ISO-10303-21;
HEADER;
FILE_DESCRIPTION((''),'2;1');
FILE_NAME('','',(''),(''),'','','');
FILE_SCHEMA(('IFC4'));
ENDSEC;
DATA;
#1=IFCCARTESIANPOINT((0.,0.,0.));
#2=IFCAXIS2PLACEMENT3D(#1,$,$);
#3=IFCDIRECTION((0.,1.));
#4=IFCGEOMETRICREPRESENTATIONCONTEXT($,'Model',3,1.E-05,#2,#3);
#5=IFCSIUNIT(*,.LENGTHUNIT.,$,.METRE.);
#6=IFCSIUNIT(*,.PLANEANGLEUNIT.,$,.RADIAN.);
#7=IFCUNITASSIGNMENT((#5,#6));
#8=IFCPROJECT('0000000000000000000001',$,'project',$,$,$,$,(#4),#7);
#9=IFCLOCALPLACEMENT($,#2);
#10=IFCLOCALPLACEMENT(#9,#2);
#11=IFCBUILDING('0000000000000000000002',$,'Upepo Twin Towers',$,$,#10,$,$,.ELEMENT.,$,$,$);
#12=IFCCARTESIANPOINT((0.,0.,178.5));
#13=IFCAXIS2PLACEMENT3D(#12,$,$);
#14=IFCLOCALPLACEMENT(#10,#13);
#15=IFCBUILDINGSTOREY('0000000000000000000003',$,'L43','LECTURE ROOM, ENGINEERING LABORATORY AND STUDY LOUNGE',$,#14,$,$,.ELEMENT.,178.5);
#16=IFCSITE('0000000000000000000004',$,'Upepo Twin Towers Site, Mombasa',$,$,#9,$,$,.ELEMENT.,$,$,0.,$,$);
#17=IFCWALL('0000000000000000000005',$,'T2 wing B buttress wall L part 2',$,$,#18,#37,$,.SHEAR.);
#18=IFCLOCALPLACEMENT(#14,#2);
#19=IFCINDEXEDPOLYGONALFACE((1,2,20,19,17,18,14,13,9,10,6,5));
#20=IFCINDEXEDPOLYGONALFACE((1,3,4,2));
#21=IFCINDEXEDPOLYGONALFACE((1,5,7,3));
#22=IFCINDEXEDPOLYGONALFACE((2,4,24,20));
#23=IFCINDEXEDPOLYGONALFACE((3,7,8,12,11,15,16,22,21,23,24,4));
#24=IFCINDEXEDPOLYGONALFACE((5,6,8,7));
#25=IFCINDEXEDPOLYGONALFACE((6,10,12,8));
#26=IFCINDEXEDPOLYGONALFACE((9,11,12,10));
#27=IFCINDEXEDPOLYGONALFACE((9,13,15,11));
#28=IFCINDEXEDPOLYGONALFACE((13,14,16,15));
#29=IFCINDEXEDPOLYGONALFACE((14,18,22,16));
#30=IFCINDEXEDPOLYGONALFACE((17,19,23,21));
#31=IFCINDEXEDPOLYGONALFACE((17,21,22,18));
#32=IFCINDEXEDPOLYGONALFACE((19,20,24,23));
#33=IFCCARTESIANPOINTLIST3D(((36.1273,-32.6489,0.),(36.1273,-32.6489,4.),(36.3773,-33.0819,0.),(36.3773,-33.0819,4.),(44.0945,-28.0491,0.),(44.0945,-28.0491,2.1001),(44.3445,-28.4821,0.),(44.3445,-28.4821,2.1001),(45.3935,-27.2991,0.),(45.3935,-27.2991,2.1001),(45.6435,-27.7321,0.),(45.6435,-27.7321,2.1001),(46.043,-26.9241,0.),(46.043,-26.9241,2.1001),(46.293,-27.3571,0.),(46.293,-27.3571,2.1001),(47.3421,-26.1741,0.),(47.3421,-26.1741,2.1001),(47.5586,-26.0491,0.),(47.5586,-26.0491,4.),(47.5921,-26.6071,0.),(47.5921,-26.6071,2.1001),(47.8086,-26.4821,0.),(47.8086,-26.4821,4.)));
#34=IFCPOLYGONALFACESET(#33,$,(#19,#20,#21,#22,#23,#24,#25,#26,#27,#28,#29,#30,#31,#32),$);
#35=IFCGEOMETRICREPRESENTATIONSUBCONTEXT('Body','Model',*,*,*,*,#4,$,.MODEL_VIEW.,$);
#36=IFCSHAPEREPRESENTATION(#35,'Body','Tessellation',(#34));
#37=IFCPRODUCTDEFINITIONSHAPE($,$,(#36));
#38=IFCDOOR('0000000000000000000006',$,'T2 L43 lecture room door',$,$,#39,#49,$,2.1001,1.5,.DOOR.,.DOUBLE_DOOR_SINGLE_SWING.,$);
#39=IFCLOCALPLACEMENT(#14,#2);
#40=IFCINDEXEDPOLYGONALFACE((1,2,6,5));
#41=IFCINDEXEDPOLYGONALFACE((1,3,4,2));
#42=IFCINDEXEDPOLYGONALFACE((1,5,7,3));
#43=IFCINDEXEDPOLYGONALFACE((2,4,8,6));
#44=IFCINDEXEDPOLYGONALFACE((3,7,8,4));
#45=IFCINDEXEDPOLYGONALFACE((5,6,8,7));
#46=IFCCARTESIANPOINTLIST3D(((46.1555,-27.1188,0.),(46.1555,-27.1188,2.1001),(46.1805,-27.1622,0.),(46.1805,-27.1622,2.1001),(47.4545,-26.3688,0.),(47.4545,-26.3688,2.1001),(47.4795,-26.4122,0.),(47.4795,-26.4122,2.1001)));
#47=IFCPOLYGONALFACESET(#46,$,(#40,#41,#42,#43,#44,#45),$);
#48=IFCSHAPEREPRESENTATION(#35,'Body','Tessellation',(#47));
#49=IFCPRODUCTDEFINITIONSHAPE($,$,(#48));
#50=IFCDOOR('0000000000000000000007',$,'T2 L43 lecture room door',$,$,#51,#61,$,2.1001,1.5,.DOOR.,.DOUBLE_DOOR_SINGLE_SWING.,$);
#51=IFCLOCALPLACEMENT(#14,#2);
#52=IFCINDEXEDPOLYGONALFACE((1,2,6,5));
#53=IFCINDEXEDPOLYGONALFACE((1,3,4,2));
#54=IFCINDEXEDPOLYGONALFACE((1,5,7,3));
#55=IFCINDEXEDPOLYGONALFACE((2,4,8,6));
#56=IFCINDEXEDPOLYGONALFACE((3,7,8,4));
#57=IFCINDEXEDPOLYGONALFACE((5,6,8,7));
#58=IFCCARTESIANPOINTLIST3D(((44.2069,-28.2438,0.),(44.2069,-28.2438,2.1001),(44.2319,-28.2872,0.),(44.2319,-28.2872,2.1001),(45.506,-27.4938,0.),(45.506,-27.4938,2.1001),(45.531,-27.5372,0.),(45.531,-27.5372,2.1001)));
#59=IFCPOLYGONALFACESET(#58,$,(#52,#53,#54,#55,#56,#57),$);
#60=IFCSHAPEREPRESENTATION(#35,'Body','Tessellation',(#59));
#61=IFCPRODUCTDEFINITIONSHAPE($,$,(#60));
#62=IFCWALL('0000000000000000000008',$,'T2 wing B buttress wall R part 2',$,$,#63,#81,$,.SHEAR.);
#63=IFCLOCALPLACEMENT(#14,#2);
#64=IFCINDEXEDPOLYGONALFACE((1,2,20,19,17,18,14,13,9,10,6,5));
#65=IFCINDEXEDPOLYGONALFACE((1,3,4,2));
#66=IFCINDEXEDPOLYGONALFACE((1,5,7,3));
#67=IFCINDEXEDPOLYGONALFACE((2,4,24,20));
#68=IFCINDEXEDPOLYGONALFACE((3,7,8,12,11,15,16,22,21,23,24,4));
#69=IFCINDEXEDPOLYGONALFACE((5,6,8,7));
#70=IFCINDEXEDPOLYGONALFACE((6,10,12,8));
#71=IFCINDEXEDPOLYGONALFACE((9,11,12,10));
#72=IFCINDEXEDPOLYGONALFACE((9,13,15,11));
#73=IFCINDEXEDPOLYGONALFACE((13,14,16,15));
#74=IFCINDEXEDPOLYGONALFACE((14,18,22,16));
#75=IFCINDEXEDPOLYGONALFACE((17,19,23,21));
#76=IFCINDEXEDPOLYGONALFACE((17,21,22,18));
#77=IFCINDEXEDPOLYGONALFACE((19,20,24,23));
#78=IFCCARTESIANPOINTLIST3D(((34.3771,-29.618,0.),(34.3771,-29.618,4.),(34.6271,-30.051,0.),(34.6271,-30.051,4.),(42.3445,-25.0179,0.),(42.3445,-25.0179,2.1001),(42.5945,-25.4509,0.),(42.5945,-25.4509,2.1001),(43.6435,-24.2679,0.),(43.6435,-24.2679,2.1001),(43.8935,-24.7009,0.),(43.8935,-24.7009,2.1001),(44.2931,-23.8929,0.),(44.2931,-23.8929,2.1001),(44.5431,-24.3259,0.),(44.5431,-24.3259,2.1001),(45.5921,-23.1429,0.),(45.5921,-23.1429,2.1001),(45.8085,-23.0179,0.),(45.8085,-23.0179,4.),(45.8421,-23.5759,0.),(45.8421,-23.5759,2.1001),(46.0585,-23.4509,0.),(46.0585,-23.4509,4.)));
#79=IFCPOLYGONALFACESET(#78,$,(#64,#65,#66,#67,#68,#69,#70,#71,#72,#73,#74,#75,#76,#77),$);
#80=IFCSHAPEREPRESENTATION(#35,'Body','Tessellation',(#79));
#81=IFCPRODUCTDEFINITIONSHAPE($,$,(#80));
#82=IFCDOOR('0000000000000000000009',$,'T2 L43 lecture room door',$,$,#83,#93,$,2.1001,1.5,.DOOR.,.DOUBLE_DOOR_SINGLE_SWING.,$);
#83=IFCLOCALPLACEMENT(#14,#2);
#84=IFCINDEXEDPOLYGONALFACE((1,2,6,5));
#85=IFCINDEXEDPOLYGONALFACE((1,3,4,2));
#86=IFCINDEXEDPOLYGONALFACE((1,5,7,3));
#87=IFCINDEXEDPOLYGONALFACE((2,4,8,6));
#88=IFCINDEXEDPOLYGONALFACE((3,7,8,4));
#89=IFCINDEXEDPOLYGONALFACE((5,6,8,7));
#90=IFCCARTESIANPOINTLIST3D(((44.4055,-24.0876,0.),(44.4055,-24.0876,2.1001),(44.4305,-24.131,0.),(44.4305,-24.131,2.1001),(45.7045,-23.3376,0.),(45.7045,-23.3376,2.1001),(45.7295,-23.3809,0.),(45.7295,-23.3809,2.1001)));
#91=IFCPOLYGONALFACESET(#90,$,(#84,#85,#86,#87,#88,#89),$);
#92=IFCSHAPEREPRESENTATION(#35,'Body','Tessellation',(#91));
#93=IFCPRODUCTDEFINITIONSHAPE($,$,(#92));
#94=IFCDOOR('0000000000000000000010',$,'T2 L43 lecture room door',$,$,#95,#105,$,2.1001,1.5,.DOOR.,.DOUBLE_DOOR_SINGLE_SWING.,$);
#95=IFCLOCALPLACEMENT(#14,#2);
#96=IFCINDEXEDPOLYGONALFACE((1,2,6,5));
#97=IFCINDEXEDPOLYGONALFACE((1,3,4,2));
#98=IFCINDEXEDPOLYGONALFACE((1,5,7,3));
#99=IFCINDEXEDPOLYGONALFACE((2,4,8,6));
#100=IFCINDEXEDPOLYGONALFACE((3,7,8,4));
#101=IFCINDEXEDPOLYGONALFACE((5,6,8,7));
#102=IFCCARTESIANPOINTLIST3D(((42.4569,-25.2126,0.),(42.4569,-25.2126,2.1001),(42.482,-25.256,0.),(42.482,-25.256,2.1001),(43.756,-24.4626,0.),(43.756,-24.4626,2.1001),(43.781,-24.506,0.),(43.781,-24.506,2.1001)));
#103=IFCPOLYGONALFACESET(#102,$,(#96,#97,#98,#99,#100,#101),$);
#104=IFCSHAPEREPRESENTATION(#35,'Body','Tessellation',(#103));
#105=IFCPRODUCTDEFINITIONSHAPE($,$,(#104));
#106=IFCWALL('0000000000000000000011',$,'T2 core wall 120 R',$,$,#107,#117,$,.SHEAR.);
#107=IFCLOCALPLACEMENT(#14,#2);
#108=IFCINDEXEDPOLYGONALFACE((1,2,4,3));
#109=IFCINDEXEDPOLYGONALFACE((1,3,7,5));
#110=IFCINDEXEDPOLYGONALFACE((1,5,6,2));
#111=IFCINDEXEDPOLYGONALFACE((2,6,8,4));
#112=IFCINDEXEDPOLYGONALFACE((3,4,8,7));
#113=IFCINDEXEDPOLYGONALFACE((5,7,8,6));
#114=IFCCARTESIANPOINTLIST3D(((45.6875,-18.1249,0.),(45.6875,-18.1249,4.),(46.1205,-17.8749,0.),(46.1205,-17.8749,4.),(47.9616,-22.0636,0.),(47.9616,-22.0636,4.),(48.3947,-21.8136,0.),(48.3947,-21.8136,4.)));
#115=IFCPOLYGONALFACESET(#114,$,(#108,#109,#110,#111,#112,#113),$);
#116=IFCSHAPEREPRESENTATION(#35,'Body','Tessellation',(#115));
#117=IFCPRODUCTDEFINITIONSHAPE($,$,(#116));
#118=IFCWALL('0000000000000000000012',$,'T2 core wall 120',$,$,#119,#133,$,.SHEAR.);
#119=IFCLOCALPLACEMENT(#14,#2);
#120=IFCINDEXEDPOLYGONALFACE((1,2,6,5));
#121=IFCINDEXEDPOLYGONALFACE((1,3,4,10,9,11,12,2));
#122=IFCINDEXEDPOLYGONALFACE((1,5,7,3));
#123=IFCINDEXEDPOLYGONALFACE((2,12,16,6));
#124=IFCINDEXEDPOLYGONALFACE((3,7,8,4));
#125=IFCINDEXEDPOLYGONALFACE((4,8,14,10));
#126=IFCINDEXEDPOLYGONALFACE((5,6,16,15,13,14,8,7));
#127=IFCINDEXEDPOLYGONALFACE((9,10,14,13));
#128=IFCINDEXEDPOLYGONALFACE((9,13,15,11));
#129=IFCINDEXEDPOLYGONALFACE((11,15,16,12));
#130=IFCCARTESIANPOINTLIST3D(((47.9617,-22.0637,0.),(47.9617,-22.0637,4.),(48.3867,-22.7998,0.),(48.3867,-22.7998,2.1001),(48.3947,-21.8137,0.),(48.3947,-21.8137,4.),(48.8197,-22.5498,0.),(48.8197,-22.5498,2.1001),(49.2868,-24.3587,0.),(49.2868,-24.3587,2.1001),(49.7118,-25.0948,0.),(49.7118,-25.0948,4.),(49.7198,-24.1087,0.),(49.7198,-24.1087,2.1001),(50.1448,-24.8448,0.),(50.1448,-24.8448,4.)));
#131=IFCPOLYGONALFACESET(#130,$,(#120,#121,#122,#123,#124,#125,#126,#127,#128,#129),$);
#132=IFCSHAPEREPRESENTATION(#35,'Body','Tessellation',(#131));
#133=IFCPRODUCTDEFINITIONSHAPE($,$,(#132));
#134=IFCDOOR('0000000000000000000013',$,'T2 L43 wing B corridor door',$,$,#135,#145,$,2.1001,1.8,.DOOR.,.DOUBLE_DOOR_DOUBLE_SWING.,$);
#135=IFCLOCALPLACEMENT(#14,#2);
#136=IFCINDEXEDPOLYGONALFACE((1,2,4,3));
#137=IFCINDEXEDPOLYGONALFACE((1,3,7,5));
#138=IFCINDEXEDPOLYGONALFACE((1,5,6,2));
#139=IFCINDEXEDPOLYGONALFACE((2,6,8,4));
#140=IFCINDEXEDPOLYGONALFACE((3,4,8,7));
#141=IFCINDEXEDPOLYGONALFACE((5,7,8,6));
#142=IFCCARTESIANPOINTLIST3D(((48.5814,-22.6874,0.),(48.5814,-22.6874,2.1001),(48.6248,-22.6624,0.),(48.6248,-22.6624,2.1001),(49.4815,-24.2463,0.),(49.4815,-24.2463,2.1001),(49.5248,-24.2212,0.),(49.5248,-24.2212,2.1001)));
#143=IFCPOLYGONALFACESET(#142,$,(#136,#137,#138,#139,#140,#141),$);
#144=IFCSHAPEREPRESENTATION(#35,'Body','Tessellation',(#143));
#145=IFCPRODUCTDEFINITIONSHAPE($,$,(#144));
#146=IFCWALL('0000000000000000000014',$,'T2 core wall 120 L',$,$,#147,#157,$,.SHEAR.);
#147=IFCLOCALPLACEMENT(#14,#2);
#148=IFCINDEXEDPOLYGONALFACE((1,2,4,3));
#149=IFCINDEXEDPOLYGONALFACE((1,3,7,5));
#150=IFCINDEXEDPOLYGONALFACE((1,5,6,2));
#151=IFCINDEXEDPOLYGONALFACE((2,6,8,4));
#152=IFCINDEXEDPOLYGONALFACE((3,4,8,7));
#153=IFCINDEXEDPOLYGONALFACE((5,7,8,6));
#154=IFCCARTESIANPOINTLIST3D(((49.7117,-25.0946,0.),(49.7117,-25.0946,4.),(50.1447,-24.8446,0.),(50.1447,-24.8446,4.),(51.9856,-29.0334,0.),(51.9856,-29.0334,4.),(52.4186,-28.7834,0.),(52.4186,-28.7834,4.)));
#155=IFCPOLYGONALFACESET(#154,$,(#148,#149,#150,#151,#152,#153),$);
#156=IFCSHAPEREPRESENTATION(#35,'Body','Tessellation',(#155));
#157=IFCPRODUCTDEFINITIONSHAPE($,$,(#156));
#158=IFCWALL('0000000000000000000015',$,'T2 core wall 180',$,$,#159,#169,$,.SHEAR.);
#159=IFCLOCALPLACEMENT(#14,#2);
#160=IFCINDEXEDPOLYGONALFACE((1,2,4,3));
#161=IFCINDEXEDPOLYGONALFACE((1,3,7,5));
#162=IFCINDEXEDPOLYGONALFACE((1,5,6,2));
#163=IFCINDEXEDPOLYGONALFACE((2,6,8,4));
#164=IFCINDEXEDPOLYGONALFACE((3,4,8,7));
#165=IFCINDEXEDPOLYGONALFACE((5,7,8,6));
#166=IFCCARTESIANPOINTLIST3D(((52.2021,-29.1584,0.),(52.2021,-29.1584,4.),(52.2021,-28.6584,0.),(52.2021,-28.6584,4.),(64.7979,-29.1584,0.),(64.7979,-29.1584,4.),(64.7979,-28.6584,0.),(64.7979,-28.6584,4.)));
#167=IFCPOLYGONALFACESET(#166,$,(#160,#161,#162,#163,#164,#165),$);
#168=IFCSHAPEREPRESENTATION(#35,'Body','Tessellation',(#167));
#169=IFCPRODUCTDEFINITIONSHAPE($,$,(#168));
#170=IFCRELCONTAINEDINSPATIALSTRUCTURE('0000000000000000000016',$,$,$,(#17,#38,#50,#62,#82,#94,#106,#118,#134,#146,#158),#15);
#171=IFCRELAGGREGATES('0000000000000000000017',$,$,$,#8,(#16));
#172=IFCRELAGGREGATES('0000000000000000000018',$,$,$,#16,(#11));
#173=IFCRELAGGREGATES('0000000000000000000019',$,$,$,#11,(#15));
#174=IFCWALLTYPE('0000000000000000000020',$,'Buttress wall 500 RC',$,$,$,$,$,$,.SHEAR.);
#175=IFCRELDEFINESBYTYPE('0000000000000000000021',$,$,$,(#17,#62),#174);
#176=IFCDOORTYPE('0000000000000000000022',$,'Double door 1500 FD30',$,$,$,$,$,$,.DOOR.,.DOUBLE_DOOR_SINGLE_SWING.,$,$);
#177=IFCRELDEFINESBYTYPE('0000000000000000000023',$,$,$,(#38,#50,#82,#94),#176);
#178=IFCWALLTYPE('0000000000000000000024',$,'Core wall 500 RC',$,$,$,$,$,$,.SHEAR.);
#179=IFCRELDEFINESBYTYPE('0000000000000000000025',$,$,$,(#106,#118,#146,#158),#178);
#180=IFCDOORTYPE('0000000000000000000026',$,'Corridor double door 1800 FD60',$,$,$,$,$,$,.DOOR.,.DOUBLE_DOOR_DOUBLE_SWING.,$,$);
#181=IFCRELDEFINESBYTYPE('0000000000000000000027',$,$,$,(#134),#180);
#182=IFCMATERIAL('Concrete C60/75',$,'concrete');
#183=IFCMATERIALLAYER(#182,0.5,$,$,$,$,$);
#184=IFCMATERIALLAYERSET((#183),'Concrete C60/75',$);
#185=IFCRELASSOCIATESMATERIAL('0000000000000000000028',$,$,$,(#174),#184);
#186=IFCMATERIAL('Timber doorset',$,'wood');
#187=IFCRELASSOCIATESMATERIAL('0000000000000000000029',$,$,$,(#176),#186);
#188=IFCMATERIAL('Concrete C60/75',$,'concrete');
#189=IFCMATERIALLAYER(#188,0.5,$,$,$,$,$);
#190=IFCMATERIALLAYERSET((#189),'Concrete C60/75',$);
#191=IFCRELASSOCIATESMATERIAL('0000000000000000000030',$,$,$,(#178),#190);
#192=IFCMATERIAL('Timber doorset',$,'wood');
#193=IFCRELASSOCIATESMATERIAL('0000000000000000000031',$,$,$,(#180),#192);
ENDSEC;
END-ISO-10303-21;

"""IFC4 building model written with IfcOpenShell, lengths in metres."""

from ifc_helpers import new_model, si_unit, direction, frame, frame_2d, origin, place, context, subcontext, project, spatial, rectangle, extrude, material, layer, layer_set, type_object, element, fill, save


model = new_model("IFC4")

# Units and contexts
model_context = context("Model", 3, precision=1e-05, world=origin(), true_north=direction((0.0, 1.0)))
body_context = subcontext(model_context, "Body", "Model", "MODEL_VIEW")
ifc_project = project(units=[si_unit("LENGTHUNIT", "METRE"), si_unit("PLANEANGLEUNIT", "RADIAN")], contexts=[model_context])

# Site, building, storey
site_placement = place(None, origin())
site = spatial("IfcSite", under=ifc_project, at=site_placement, Name="Upepo Twin Towers Site, Mombasa", CompositionType="ELEMENT", RefElevation=0.0)
building_placement = place(site_placement, origin())
building = spatial("IfcBuilding", under=site, at=building_placement, Name="Upepo Twin Towers", CompositionType="ELEMENT")
storey_placement = place(building_placement, frame((0.0, 0.0, 178.5)))
storey = spatial("IfcBuildingStorey", under=building, at=storey_placement, Name="L43", Description="LECTURE ROOM, ENGINEERING LABORATORY AND STUDY LOUNGE", CompositionType="ELEMENT", Elevation=178.5)

# Walls, openings, doors
ifc_material_1 = material(Name="Concrete C60/75", Category="concrete")
ifc_layer_1 = layer(ifc_material_1, 0.5)
ifc_layer_set_1 = layer_set([ifc_layer_1], Name="Concrete C60/75")
wall_type_1 = type_object("IfcWallType", Name="Buttress wall 500 RC", PredefinedType="SHEAR", material=ifc_layer_set_1)
wall_1_placement = place(storey_placement, frame((47.6836, -26.2656, 0.0), z_axis=(0.0, 0.0, 1.0), x_axis=(-0.866028, -0.499996, 0.0)))
wall_1 = element("IfcWall", 1, at=wall_1_placement, inside=storey, type_object=wall_type_1, Name="T2 wing B buttress wall L part 2", PredefinedType="SHEAR", context=body_context, shape_type="SweptSolid", body=[
    extrude(rectangle(XDim=13.1997, YDim=0.5, at=frame_2d((6.5999, 0.0))), origin(), (0.0, 0.0, 1.0), 4.0),
])
opening_1_placement = place(wall_1_placement, frame((0.25, 0.0, 0.0)))
opening_1 = element("IfcOpeningElement", 2, at=opening_1_placement, cuts=wall_1, PredefinedType="OPENING", context=body_context, shape_type="SweptSolid", body=[
    extrude(rectangle(XDim=1.5, YDim=2.1001, at=frame_2d((0.75, 1.05))), frame((0.0, 0.26, 0.0), z_axis=(0.0, -1.0, 0.0), x_axis=(1.0, 0.0, 0.0)), (0.0, 0.0, 1.0), 0.52),
])
opening_2_placement = place(wall_1_placement, frame((2.5, 0.0, 0.0)))
opening_2 = element("IfcOpeningElement", 3, at=opening_2_placement, cuts=wall_1, PredefinedType="OPENING", context=body_context, shape_type="SweptSolid", body=[
    extrude(rectangle(XDim=1.5, YDim=2.1001, at=frame_2d((0.75, 1.05))), frame((0.0, 0.26, 0.0), z_axis=(0.0, -1.0, 0.0), x_axis=(1.0, 0.0, 0.0)), (0.0, 0.0, 1.0), 0.52),
])
ifc_material_2 = material(Name="Timber doorset", Category="wood")
door_type_1 = type_object("IfcDoorType", Name="Double door 1500 FD30", OperationType="DOUBLE_DOOR_SINGLE_SWING", PredefinedType="DOOR", material=ifc_material_2)
door_1_placement = place(opening_1_placement, origin())
door_1 = element("IfcDoor", 4, at=door_1_placement, inside=storey, type_object=door_type_1, Name="T2 L43 lecture room door", OperationType="DOUBLE_DOOR_SINGLE_SWING", OverallHeight=2.1001, OverallWidth=1.5, PredefinedType="DOOR", context=body_context, shape_type="SweptSolid", body=[
    extrude(rectangle(XDim=1.5, YDim=2.1001, at=frame_2d((0.75, 1.05))), frame((0.0, 0.0249, 0.0), z_axis=(0.0, -1.0, 0.0), x_axis=(1.0, 0.0, 0.0)), (0.0, 0.0, 1.0), 0.05),
])
fill(opening_1, door_1)
door_2_placement = place(opening_2_placement, origin())
door_2 = element("IfcDoor", 5, at=door_2_placement, inside=storey, type_object=door_type_1, Name="T2 L43 lecture room door", OperationType="DOUBLE_DOOR_SINGLE_SWING", OverallHeight=2.1001, OverallWidth=1.5, PredefinedType="DOOR", context=body_context, shape_type="SweptSolid", body=[
    extrude(rectangle(XDim=1.5, YDim=2.1001, at=frame_2d((0.75, 1.05))), frame((0.0, 0.0249, 0.0), z_axis=(0.0, -1.0, 0.0), x_axis=(1.0, 0.0, 0.0)), (0.0, 0.0, 1.0), 0.05),
])
fill(opening_2, door_2)
wall_2_placement = place(storey_placement, frame((45.9336, -23.2344, 0.0), z_axis=(0.0, 0.0, 1.0), x_axis=(-0.86602, -0.50001, 0.0)))
wall_2 = element("IfcWall", 6, at=wall_2_placement, inside=storey, type_object=wall_type_1, Name="T2 wing B buttress wall R part 2", PredefinedType="SHEAR", context=body_context, shape_type="SweptSolid", body=[
    extrude(rectangle(XDim=13.2, YDim=0.5, at=frame_2d((6.6001, 0.0))), origin(), (0.0, 0.0, 1.0), 4.0),
])
opening_3_placement = place(wall_2_placement, frame((0.25, 0.0, 0.0)))
opening_3 = element("IfcOpeningElement", 7, at=opening_3_placement, cuts=wall_2, PredefinedType="OPENING", context=body_context, shape_type="SweptSolid", body=[
    extrude(rectangle(XDim=1.5, YDim=2.1001, at=frame_2d((0.75, 1.05))), frame((0.0, 0.26, 0.0), z_axis=(0.0, -1.0, 0.0), x_axis=(1.0, 0.0, 0.0)), (0.0, 0.0, 1.0), 0.52),
])
opening_4_placement = place(wall_2_placement, frame((2.5, 0.0, 0.0)))
opening_4 = element("IfcOpeningElement", 8, at=opening_4_placement, cuts=wall_2, PredefinedType="OPENING", context=body_context, shape_type="SweptSolid", body=[
    extrude(rectangle(XDim=1.5, YDim=2.1001, at=frame_2d((0.75, 1.05))), frame((0.0, 0.26, 0.0), z_axis=(0.0, -1.0, 0.0), x_axis=(1.0, 0.0, 0.0)), (0.0, 0.0, 1.0), 0.52),
])
door_3_placement = place(opening_3_placement, origin())
door_3 = element("IfcDoor", 9, at=door_3_placement, inside=storey, type_object=door_type_1, Name="T2 L43 lecture room door", OperationType="DOUBLE_DOOR_SINGLE_SWING", OverallHeight=2.1001, OverallWidth=1.5, PredefinedType="DOOR", context=body_context, shape_type="SweptSolid", body=[
    extrude(rectangle(XDim=1.5, YDim=2.1001, at=frame_2d((0.75, 1.05))), frame((0.0, 0.0249, 0.0), z_axis=(0.0, -1.0, 0.0), x_axis=(1.0, 0.0, 0.0)), (0.0, 0.0, 1.0), 0.05),
])
fill(opening_3, door_3)
door_4_placement = place(opening_4_placement, origin())
door_4 = element("IfcDoor", 10, at=door_4_placement, inside=storey, type_object=door_type_1, Name="T2 L43 lecture room door", OperationType="DOUBLE_DOOR_SINGLE_SWING", OverallHeight=2.1001, OverallWidth=1.5, PredefinedType="DOOR", context=body_context, shape_type="SweptSolid", body=[
    extrude(rectangle(XDim=1.5, YDim=2.1001, at=frame_2d((0.75, 1.05))), frame((0.0, 0.0249, 0.0), z_axis=(0.0, -1.0, 0.0), x_axis=(1.0, 0.0, 0.0)), (0.0, 0.0, 1.0), 0.05),
])
fill(opening_4, door_4)

# Wall
ifc_material_3 = material(Name="Concrete C60/75", Category="concrete")
ifc_layer_2 = layer(ifc_material_3, 0.5)
ifc_layer_set_2 = layer_set([ifc_layer_2], Name="Concrete C60/75")
wall_type_2 = type_object("IfcWallType", Name="Core wall 500 RC", PredefinedType="SHEAR", material=ifc_layer_set_2)
wall_3_placement = place(storey_placement, frame((45.9041, -18.0, 0.0), z_axis=(0.0, 0.0, 1.0), x_axis=(0.500024, -0.866011, 0.0)))
element("IfcWall", 11, at=wall_3_placement, inside=storey, type_object=wall_type_2, Name="T2 core wall 120 R", PredefinedType="SHEAR", context=body_context, shape_type="SweptSolid", body=[
    extrude(rectangle(XDim=4.5481, YDim=0.5, at=frame_2d((2.2739, 0.0))), origin(), (0.0, 0.0, 1.0), 4.0),
])

# Wall, opening, door
wall_4_placement = place(storey_placement, frame((48.1782, -21.9387, 0.0), z_axis=(0.0, 0.0, 1.0), x_axis=(0.50001, -0.866019, 0.0)))
wall_4 = element("IfcWall", 12, at=wall_4_placement, inside=storey, type_object=wall_type_2, Name="T2 core wall 120", PredefinedType="SHEAR", context=body_context, shape_type="SweptSolid", body=[
    extrude(rectangle(XDim=3.5, YDim=0.5, at=frame_2d((1.75, 0.0))), origin(), (0.0, 0.0, 1.0), 4.0),
])
opening_5_placement = place(wall_4_placement, frame((0.8501, 0.0, 0.0)))
opening_5 = element("IfcOpeningElement", 13, at=opening_5_placement, cuts=wall_4, PredefinedType="OPENING", context=body_context, shape_type="SweptSolid", body=[
    extrude(rectangle(XDim=1.8, YDim=2.1001, at=frame_2d((0.8999, 1.05))), frame((0.0, 0.26, 0.0), z_axis=(0.0, -1.0, 0.0), x_axis=(1.0, 0.0, 0.0)), (0.0, 0.0, 1.0), 0.52),
])
ifc_material_4 = material(Name="Timber doorset", Category="wood")
door_type_2 = type_object("IfcDoorType", Name="Corridor double door 1800 FD60", OperationType="DOUBLE_DOOR_DOUBLE_SWING", PredefinedType="DOOR", material=ifc_material_4)
door_5_placement = place(opening_5_placement, origin())
door_5 = element("IfcDoor", 14, at=door_5_placement, inside=storey, type_object=door_type_2, Name="T2 L43 wing B corridor door", OperationType="DOUBLE_DOOR_DOUBLE_SWING", OverallHeight=2.1001, OverallWidth=1.8, PredefinedType="DOOR", context=body_context, shape_type="SweptSolid", body=[
    extrude(rectangle(XDim=1.8, YDim=2.1001, at=frame_2d((0.8999, 1.05))), frame((0.0, 0.0249, 0.0), z_axis=(0.0, -1.0, 0.0), x_axis=(1.0, 0.0, 0.0)), (0.0, 0.0, 1.0), 0.05),
])
fill(opening_5, door_5)

# Walls
wall_5_placement = place(storey_placement, frame((49.9282, -24.9697, 0.0), z_axis=(0.0, 0.0, 1.0), x_axis=(0.499984, -0.866035, 0.0)))
element("IfcWall", 15, at=wall_5_placement, inside=storey, type_object=wall_type_2, Name="T2 core wall 120 L", PredefinedType="SHEAR", context=body_context, shape_type="SweptSolid", body=[
    extrude(rectangle(XDim=4.5481, YDim=0.5, at=frame_2d((2.2739, 0.0))), origin(), (0.0, 0.0, 1.0), 4.0),
])
wall_6_placement = place(storey_placement, frame((52.2021, -28.9084, 0.0), z_axis=(0.0, 0.0, 1.0), x_axis=(1.0, 0.0, 0.0)))
element("IfcWall", 16, at=wall_6_placement, inside=storey, type_object=wall_type_2, Name="T2 core wall 180", PredefinedType="SHEAR", context=body_context, shape_type="SweptSolid", body=[
    extrude(rectangle(XDim=12.5957, YDim=0.5, at=frame_2d((6.2979, 0.0))), origin(), (0.0, 0.0, 1.0), 4.0),
])

save(model, "model.ifc")
